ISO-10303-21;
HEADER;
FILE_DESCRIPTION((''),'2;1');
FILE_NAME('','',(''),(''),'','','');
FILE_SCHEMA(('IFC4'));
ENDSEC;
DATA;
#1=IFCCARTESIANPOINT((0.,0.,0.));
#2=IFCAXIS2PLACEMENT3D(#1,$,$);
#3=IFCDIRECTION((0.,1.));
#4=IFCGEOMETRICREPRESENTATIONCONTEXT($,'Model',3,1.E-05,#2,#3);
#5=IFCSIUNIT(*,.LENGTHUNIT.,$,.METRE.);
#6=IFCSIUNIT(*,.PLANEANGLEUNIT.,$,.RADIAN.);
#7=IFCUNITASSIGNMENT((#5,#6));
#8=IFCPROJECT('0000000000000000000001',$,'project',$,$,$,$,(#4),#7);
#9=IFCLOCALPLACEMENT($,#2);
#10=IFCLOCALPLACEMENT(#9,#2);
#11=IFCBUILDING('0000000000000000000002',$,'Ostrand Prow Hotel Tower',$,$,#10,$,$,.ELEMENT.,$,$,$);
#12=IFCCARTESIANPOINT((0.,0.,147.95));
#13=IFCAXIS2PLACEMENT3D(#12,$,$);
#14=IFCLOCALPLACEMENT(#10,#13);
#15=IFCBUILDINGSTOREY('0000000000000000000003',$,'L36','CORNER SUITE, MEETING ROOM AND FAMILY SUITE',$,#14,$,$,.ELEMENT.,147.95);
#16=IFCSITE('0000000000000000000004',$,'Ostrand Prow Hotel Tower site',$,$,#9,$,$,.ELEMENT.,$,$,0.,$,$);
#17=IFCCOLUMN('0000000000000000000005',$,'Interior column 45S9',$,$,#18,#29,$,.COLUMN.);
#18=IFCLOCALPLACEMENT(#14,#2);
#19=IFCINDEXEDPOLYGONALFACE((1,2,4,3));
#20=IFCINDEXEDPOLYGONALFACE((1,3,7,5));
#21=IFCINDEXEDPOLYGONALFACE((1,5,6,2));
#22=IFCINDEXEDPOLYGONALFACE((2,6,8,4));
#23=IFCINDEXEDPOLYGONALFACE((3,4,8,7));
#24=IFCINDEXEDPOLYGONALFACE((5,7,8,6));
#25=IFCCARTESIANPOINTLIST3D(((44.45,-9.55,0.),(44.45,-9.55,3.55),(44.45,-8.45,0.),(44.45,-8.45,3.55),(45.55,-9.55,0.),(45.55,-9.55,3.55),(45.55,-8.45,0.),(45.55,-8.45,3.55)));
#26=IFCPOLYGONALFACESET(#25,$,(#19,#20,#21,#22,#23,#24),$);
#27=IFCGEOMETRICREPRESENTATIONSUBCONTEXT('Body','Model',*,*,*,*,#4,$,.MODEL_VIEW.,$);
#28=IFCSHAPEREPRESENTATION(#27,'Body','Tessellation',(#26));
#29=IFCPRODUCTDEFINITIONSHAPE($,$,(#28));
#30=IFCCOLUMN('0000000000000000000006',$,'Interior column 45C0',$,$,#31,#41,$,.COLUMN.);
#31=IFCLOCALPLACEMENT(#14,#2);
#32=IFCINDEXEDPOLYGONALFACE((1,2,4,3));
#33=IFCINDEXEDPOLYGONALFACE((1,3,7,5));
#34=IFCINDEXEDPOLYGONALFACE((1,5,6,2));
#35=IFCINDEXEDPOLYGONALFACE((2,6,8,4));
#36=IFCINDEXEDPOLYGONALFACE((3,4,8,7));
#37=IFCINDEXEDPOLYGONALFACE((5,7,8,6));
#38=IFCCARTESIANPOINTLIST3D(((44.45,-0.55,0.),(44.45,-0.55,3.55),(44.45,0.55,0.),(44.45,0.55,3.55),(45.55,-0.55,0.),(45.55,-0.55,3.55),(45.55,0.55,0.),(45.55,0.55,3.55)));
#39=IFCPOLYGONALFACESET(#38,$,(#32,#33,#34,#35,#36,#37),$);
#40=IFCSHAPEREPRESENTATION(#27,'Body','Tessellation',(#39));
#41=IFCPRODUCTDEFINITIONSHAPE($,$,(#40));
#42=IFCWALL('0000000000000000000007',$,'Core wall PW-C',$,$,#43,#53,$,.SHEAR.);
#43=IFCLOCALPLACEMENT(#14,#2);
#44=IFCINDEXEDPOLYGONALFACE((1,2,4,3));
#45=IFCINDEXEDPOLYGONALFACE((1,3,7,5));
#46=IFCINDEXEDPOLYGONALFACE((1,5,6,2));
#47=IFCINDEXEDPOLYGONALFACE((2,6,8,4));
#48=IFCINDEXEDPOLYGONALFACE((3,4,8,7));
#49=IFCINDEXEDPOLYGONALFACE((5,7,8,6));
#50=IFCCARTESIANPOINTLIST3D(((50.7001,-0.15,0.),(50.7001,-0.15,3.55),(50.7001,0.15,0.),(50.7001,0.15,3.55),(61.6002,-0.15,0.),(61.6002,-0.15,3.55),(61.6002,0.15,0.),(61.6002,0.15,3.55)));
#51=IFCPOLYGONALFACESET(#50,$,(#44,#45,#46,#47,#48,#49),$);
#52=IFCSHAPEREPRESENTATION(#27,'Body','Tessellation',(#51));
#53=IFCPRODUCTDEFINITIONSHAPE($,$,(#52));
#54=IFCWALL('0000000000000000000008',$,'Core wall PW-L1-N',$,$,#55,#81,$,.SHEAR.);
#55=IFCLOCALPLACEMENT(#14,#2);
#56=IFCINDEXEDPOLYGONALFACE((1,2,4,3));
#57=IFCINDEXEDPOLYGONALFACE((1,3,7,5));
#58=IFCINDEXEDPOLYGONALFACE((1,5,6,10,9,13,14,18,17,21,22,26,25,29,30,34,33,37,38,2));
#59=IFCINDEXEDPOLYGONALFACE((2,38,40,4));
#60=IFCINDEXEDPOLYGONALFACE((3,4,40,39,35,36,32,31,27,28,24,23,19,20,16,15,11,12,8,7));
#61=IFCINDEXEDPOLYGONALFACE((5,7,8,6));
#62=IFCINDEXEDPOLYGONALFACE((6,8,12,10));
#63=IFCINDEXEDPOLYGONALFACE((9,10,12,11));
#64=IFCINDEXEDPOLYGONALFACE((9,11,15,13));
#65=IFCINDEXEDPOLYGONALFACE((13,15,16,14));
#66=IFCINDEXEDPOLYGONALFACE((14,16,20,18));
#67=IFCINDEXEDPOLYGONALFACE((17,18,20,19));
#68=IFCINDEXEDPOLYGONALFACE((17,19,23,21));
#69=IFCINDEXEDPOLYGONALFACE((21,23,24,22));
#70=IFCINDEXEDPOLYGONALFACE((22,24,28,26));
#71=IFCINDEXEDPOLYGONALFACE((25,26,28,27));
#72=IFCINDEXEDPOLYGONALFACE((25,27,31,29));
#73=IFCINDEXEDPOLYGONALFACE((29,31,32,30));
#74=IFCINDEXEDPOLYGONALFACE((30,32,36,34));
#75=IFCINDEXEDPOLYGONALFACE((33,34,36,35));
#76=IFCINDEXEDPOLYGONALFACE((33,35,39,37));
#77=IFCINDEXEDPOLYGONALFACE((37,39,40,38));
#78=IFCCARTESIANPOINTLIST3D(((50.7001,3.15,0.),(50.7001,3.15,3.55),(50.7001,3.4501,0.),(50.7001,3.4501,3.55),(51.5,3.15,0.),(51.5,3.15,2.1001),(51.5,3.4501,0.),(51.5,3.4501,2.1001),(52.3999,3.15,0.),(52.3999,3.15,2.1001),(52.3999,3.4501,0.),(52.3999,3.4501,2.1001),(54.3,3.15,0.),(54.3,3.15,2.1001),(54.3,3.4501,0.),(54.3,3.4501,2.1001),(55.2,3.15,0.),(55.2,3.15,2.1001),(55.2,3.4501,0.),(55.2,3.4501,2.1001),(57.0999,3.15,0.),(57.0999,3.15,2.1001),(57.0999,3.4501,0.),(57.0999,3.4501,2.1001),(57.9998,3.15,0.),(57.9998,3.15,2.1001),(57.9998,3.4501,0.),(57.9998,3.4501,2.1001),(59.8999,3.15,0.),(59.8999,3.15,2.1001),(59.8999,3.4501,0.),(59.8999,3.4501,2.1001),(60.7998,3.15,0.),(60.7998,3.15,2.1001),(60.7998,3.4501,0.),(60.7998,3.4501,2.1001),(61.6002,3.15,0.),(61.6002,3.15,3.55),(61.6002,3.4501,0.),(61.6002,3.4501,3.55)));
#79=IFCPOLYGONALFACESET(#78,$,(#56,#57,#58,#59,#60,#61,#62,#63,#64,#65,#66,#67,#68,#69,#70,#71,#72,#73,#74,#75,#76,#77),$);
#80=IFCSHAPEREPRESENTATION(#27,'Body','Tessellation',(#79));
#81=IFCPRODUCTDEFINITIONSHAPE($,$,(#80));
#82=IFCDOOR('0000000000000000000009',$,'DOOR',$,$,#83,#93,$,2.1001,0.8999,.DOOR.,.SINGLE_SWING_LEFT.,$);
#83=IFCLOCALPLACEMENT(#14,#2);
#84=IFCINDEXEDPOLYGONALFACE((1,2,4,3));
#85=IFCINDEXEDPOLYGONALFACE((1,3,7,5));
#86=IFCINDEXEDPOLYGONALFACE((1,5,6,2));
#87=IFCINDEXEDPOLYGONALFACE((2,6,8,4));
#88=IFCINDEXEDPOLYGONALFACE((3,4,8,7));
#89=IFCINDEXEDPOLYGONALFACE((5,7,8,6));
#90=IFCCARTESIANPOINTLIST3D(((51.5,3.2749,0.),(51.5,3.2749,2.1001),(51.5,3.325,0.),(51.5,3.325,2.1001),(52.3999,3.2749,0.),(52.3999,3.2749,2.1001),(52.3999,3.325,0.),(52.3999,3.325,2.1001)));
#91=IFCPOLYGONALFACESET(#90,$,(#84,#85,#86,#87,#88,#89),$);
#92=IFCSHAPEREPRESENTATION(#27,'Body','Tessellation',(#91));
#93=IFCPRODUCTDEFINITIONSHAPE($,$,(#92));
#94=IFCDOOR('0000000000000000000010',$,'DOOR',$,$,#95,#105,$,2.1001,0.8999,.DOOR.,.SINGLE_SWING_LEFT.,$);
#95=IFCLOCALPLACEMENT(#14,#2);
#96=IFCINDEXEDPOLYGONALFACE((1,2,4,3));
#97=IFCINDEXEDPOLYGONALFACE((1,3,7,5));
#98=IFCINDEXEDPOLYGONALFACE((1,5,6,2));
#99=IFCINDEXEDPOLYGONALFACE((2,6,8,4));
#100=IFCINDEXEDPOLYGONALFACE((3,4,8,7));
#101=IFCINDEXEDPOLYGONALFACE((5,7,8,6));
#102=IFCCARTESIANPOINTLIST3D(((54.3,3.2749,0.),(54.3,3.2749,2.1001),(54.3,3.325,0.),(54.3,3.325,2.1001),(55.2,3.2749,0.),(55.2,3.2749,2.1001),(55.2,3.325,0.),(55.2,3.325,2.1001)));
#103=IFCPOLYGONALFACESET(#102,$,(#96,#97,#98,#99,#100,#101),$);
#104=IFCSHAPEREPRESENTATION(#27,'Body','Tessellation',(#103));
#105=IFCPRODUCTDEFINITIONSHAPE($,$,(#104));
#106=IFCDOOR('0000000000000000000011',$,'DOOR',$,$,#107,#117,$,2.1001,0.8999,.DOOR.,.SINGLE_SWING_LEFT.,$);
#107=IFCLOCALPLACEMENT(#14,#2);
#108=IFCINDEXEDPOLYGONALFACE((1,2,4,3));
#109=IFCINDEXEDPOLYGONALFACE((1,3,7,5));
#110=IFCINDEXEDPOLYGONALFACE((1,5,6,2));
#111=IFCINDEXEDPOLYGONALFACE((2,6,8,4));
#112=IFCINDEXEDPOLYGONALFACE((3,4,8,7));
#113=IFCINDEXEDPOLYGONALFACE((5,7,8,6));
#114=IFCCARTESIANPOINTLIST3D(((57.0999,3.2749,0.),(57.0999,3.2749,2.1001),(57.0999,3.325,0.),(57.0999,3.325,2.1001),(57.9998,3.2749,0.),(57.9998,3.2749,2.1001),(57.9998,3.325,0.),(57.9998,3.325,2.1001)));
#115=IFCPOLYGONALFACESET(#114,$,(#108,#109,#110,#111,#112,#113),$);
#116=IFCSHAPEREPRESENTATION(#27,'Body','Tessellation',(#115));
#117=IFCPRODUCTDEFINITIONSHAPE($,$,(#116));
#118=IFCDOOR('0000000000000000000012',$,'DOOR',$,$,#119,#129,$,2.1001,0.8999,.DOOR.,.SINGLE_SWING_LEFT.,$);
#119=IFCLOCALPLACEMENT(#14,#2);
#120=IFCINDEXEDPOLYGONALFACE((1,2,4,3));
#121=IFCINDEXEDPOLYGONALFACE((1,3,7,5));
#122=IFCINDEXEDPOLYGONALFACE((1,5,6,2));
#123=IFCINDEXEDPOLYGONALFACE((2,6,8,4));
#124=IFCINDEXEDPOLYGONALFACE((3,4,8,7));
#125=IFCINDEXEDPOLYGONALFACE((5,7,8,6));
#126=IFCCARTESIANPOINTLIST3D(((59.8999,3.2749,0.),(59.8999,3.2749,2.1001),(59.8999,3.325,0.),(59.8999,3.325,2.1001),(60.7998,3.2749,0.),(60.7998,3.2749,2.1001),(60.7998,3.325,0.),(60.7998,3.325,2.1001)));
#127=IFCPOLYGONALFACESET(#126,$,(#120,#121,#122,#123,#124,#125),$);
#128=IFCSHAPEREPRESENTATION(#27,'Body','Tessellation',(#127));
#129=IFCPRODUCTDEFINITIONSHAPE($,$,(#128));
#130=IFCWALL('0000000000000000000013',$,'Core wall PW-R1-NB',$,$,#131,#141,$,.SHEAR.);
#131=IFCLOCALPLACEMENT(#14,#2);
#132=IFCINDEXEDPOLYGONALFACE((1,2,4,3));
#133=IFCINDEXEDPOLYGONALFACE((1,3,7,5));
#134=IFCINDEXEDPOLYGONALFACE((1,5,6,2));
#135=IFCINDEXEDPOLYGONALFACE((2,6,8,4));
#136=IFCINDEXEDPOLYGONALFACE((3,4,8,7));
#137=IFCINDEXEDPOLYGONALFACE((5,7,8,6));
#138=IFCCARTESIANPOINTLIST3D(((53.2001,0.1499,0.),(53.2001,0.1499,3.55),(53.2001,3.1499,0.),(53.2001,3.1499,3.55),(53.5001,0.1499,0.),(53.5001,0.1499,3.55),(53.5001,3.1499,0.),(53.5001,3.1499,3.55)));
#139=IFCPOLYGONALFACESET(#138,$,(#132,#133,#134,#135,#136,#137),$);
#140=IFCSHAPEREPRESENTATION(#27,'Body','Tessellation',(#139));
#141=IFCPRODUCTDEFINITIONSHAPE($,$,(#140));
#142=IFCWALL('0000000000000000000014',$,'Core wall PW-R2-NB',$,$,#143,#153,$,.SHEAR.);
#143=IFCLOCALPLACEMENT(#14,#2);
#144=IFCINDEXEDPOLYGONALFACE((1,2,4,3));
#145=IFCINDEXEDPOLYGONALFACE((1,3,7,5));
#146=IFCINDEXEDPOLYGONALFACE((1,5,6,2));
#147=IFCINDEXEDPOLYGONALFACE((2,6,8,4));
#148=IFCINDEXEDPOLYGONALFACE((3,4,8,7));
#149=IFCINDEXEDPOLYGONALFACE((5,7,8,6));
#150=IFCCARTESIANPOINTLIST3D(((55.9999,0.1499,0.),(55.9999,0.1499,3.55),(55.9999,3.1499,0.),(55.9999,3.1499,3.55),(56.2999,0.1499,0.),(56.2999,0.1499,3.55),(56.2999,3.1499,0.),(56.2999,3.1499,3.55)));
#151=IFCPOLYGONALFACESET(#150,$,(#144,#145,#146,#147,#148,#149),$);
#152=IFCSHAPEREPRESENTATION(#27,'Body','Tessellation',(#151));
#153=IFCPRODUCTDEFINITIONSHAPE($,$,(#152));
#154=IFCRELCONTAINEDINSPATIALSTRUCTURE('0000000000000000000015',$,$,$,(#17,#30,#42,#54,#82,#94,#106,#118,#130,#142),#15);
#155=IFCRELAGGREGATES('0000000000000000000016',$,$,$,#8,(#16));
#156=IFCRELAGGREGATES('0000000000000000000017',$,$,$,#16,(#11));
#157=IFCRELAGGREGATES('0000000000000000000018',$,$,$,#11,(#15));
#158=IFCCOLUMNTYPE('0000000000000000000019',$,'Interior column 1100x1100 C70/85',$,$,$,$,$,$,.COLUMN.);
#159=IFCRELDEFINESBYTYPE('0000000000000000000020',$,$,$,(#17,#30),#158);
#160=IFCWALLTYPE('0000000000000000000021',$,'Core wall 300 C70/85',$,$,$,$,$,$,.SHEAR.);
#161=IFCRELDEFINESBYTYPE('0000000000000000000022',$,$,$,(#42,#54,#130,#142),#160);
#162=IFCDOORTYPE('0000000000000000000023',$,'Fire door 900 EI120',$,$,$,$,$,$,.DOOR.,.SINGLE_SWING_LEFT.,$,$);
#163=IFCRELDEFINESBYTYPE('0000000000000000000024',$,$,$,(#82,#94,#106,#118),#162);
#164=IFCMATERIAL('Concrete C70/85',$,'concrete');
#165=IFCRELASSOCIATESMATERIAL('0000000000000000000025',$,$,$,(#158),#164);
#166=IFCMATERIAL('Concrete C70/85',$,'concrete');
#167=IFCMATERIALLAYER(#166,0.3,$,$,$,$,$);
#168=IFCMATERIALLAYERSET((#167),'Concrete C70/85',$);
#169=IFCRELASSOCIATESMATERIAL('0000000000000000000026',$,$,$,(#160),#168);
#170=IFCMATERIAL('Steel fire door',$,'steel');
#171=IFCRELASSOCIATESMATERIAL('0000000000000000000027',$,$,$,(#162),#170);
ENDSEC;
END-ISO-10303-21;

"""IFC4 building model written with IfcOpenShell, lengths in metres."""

from ifc_helpers import new_model, si_unit, direction, frame, frame_2d, origin, origin_2d, place, context, subcontext, project, spatial, rectangle, extrude, material, layer, layer_set, material_profile, profile_set, type_object, element, fill, save


model = new_model("IFC4")

# Units and contexts
model_context = context("Model", 3, precision=1e-05, world=origin(), true_north=direction((0.0, 1.0)))
body_context = subcontext(model_context, "Body", "Model", "MODEL_VIEW")
ifc_project = project(units=[si_unit("LENGTHUNIT", "METRE"), si_unit("PLANEANGLEUNIT", "RADIAN")], contexts=[model_context])

# Site, building, storey
site_placement = place(None, origin())
site = spatial("IfcSite", under=ifc_project, at=site_placement, Name="Ostrand Prow Hotel Tower site", CompositionType="ELEMENT", RefElevation=0.0)
building_placement = place(site_placement, origin())
building = spatial("IfcBuilding", under=site, at=building_placement, Name="Ostrand Prow Hotel Tower", CompositionType="ELEMENT")
storey_placement = place(building_placement, frame((0.0, 0.0, 147.95)))
storey = spatial("IfcBuildingStorey", under=building, at=storey_placement, Name="L36", Description="CORNER SUITE, MEETING ROOM AND FAMILY SUITE", CompositionType="ELEMENT", Elevation=147.95)

# Columns
ifc_material_1 = material(Name="Concrete C70/85", Category="concrete")
ifc_material_profile = material_profile(ifc_material_1, rectangle(XDim=1.1001, YDim=1.1001, at=origin_2d()), Name="RC 1100x1100")
ifc_profile_set = profile_set([ifc_material_profile], Name="Concrete C70/85")
column_type = type_object("IfcColumnType", Name="Interior column 1100x1100 C70/85", PredefinedType="COLUMN", material=ifc_profile_set)
for number, where, z_axis, x_axis, name in (
    (1, (45.0, -9.0, 0.0), (0.0, 0.0, 1.0), (1.0, 0.0, 0.0), "Interior column 45S9"),
    (2, (45.0, 0.0, 0.0), (0.0, 0.0, 1.0), (1.0, 0.0, 0.0), "Interior column 45C0"),
):
    element("IfcColumn", number, at=place(storey_placement, frame(where, z_axis=z_axis, x_axis=x_axis)), inside=storey, type_object=column_type, Name=name, PredefinedType="COLUMN", context=body_context, shape_type="SweptSolid", body=[
        extrude(rectangle(XDim=1.1001, YDim=1.1001, at=origin_2d()), origin(), (0.0, 0.0, 1.0), 3.55),
    ])

# Wall
ifc_material_2 = material(Name="Concrete C70/85", Category="concrete")
ifc_layer_1 = layer(ifc_material_2, 0.3)
ifc_layer_set_1 = layer_set([ifc_layer_1], Name="Concrete C70/85")
wall_type_1 = type_object("IfcWallType", Name="Core wall 300 C70/85", PredefinedType="SHEAR", material=ifc_layer_set_1)
wall_1_placement = place(storey_placement, frame((50.7, 0.0, 0.0), z_axis=(0.0, 0.0, 1.0), x_axis=(1.0, 0.0, 0.0)))
element("IfcWall", 3, at=wall_1_placement, inside=storey, type_object=wall_type_1, Name="Core wall PW-C", PredefinedType="SHEAR", context=body_context, shape_type="SweptSolid", body=[
    extrude(rectangle(XDim=10.9001, YDim=0.3, at=frame_2d((5.4502, 0.0))), origin(), (0.0, 0.0, 1.0), 3.55),
])

# Wall, openings, doors
wall_2_placement = place(storey_placement, frame((50.7, 3.3, 0.0), z_axis=(0.0, 0.0, 1.0), x_axis=(1.0, 0.0, 0.0)))
wall_2 = element("IfcWall", 4, at=wall_2_placement, inside=storey, type_object=wall_type_1, Name="Core wall PW-L1-N", PredefinedType="SHEAR", context=body_context, shape_type="SweptSolid", body=[
    extrude(rectangle(XDim=10.9001, YDim=0.3, at=frame_2d((5.4502, 0.0))), origin(), (0.0, 0.0, 1.0), 3.55),
])
opening_1_placement = place(wall_2_placement, frame((0.8, 0.0, 0.0)))
opening_1 = element("IfcOpeningElement", 5, at=opening_1_placement, cuts=wall_2, PredefinedType="OPENING", context=body_context, shape_type="SweptSolid", body=[
    extrude(rectangle(XDim=0.8999, YDim=2.1001, at=frame_2d((0.45, 1.05))), frame((0.0, 0.1599, 0.0), z_axis=(0.0, -1.0, 0.0), x_axis=(1.0, 0.0, 0.0)), (0.0, 0.0, 1.0), 0.3201),
])
opening_2_placement = place(wall_2_placement, frame((3.6001, 0.0, 0.0)))
opening_2 = element("IfcOpeningElement", 6, at=opening_2_placement, cuts=wall_2, PredefinedType="OPENING", context=body_context, shape_type="SweptSolid", body=[
    extrude(rectangle(XDim=0.8999, YDim=2.1001, at=frame_2d((0.45, 1.05))), frame((0.0, 0.1599, 0.0), z_axis=(0.0, -1.0, 0.0), x_axis=(1.0, 0.0, 0.0)), (0.0, 0.0, 1.0), 0.3201),
])
opening_3_placement = place(wall_2_placement, frame((6.3999, 0.0, 0.0)))
opening_3 = element("IfcOpeningElement", 7, at=opening_3_placement, cuts=wall_2, PredefinedType="OPENING", context=body_context, shape_type="SweptSolid", body=[
    extrude(rectangle(XDim=0.8999, YDim=2.1001, at=frame_2d((0.45, 1.05))), frame((0.0, 0.1599, 0.0), z_axis=(0.0, -1.0, 0.0), x_axis=(1.0, 0.0, 0.0)), (0.0, 0.0, 1.0), 0.3201),
])
opening_4_placement = place(wall_2_placement, frame((9.2, 0.0, 0.0)))
opening_4 = element("IfcOpeningElement", 8, at=opening_4_placement, cuts=wall_2, PredefinedType="OPENING", context=body_context, shape_type="SweptSolid", body=[
    extrude(rectangle(XDim=0.8999, YDim=2.1001, at=frame_2d((0.45, 1.05))), frame((0.0, 0.1599, 0.0), z_axis=(0.0, -1.0, 0.0), x_axis=(1.0, 0.0, 0.0)), (0.0, 0.0, 1.0), 0.3201),
])
ifc_material_3 = material(Name="Steel fire door", Category="steel")
door_type_1 = type_object("IfcDoorType", Name="Fire door 900 EI120", OperationType="SINGLE_SWING_LEFT", PredefinedType="DOOR", material=ifc_material_3)
door_1_placement = place(opening_1_placement, origin())
door_1 = element("IfcDoor", 9, at=door_1_placement, inside=storey, type_object=door_type_1, Name="DOOR", OperationType="SINGLE_SWING_LEFT", OverallHeight=2.1001, OverallWidth=0.8999, PredefinedType="DOOR", context=body_context, shape_type="SweptSolid", body=[
    extrude(rectangle(XDim=0.8999, YDim=2.1001, at=frame_2d((0.45, 1.05))), frame((0.0, 0.0249, 0.0), z_axis=(0.0, -1.0, 0.0), x_axis=(1.0, 0.0, 0.0)), (0.0, 0.0, 1.0), 0.05),
])
fill(opening_1, door_1)
door_2_placement = place(opening_2_placement, origin())
door_2 = element("IfcDoor", 10, at=door_2_placement, inside=storey, type_object=door_type_1, Name="DOOR", OperationType="SINGLE_SWING_LEFT", OverallHeight=2.1001, OverallWidth=0.8999, PredefinedType="DOOR", context=body_context, shape_type="SweptSolid", body=[
    extrude(rectangle(XDim=0.8999, YDim=2.1001, at=frame_2d((0.45, 1.05))), frame((0.0, 0.0249, 0.0), z_axis=(0.0, -1.0, 0.0), x_axis=(1.0, 0.0, 0.0)), (0.0, 0.0, 1.0), 0.05),
])
fill(opening_2, door_2)
door_3_placement = place(opening_3_placement, origin())
door_3 = element("IfcDoor", 11, at=door_3_placement, inside=storey, type_object=door_type_1, Name="DOOR", OperationType="SINGLE_SWING_LEFT", OverallHeight=2.1001, OverallWidth=0.8999, PredefinedType="DOOR", context=body_context, shape_type="SweptSolid", body=[
    extrude(rectangle(XDim=0.8999, YDim=2.1001, at=frame_2d((0.45, 1.05))), frame((0.0, 0.0249, 0.0), z_axis=(0.0, -1.0, 0.0), x_axis=(1.0, 0.0, 0.0)), (0.0, 0.0, 1.0), 0.05),
])
fill(opening_3, door_3)
door_4_placement = place(opening_4_placement, origin())
door_4 = element("IfcDoor", 12, at=door_4_placement, inside=storey, type_object=door_type_1, Name="DOOR", OperationType="SINGLE_SWING_LEFT", OverallHeight=2.1001, OverallWidth=0.8999, PredefinedType="DOOR", context=body_context, shape_type="SweptSolid", body=[
    extrude(rectangle(XDim=0.8999, YDim=2.1001, at=frame_2d((0.45, 1.05))), frame((0.0, 0.0249, 0.0), z_axis=(0.0, -1.0, 0.0), x_axis=(1.0, 0.0, 0.0)), (0.0, 0.0, 1.0), 0.05),
])
fill(opening_4, door_4)

# Walls
for number, where, z_axis, x_axis, name in (
    (13, (53.3501, 0.1499, 0.0), (0.0, 0.0, 1.0), (0.0, 1.0, 0.0), "Core wall PW-R1-NB"),
    (14, (56.1499, 0.1499, 0.0), (0.0, 0.0, 1.0), (0.0, 1.0, 0.0), "Core wall PW-R2-NB"),
):
    element("IfcWall", number, at=place(storey_placement, frame(where, z_axis=z_axis, x_axis=x_axis)), inside=storey, type_object=wall_type_1, Name=name, PredefinedType="SHEAR", context=body_context, shape_type="SweptSolid", body=[
        extrude(rectangle(XDim=3.0, YDim=0.3, at=frame_2d((1.5, 0.0))), origin(), (0.0, 0.0, 1.0), 3.55),
    ])

save(model, "model.ifc")
